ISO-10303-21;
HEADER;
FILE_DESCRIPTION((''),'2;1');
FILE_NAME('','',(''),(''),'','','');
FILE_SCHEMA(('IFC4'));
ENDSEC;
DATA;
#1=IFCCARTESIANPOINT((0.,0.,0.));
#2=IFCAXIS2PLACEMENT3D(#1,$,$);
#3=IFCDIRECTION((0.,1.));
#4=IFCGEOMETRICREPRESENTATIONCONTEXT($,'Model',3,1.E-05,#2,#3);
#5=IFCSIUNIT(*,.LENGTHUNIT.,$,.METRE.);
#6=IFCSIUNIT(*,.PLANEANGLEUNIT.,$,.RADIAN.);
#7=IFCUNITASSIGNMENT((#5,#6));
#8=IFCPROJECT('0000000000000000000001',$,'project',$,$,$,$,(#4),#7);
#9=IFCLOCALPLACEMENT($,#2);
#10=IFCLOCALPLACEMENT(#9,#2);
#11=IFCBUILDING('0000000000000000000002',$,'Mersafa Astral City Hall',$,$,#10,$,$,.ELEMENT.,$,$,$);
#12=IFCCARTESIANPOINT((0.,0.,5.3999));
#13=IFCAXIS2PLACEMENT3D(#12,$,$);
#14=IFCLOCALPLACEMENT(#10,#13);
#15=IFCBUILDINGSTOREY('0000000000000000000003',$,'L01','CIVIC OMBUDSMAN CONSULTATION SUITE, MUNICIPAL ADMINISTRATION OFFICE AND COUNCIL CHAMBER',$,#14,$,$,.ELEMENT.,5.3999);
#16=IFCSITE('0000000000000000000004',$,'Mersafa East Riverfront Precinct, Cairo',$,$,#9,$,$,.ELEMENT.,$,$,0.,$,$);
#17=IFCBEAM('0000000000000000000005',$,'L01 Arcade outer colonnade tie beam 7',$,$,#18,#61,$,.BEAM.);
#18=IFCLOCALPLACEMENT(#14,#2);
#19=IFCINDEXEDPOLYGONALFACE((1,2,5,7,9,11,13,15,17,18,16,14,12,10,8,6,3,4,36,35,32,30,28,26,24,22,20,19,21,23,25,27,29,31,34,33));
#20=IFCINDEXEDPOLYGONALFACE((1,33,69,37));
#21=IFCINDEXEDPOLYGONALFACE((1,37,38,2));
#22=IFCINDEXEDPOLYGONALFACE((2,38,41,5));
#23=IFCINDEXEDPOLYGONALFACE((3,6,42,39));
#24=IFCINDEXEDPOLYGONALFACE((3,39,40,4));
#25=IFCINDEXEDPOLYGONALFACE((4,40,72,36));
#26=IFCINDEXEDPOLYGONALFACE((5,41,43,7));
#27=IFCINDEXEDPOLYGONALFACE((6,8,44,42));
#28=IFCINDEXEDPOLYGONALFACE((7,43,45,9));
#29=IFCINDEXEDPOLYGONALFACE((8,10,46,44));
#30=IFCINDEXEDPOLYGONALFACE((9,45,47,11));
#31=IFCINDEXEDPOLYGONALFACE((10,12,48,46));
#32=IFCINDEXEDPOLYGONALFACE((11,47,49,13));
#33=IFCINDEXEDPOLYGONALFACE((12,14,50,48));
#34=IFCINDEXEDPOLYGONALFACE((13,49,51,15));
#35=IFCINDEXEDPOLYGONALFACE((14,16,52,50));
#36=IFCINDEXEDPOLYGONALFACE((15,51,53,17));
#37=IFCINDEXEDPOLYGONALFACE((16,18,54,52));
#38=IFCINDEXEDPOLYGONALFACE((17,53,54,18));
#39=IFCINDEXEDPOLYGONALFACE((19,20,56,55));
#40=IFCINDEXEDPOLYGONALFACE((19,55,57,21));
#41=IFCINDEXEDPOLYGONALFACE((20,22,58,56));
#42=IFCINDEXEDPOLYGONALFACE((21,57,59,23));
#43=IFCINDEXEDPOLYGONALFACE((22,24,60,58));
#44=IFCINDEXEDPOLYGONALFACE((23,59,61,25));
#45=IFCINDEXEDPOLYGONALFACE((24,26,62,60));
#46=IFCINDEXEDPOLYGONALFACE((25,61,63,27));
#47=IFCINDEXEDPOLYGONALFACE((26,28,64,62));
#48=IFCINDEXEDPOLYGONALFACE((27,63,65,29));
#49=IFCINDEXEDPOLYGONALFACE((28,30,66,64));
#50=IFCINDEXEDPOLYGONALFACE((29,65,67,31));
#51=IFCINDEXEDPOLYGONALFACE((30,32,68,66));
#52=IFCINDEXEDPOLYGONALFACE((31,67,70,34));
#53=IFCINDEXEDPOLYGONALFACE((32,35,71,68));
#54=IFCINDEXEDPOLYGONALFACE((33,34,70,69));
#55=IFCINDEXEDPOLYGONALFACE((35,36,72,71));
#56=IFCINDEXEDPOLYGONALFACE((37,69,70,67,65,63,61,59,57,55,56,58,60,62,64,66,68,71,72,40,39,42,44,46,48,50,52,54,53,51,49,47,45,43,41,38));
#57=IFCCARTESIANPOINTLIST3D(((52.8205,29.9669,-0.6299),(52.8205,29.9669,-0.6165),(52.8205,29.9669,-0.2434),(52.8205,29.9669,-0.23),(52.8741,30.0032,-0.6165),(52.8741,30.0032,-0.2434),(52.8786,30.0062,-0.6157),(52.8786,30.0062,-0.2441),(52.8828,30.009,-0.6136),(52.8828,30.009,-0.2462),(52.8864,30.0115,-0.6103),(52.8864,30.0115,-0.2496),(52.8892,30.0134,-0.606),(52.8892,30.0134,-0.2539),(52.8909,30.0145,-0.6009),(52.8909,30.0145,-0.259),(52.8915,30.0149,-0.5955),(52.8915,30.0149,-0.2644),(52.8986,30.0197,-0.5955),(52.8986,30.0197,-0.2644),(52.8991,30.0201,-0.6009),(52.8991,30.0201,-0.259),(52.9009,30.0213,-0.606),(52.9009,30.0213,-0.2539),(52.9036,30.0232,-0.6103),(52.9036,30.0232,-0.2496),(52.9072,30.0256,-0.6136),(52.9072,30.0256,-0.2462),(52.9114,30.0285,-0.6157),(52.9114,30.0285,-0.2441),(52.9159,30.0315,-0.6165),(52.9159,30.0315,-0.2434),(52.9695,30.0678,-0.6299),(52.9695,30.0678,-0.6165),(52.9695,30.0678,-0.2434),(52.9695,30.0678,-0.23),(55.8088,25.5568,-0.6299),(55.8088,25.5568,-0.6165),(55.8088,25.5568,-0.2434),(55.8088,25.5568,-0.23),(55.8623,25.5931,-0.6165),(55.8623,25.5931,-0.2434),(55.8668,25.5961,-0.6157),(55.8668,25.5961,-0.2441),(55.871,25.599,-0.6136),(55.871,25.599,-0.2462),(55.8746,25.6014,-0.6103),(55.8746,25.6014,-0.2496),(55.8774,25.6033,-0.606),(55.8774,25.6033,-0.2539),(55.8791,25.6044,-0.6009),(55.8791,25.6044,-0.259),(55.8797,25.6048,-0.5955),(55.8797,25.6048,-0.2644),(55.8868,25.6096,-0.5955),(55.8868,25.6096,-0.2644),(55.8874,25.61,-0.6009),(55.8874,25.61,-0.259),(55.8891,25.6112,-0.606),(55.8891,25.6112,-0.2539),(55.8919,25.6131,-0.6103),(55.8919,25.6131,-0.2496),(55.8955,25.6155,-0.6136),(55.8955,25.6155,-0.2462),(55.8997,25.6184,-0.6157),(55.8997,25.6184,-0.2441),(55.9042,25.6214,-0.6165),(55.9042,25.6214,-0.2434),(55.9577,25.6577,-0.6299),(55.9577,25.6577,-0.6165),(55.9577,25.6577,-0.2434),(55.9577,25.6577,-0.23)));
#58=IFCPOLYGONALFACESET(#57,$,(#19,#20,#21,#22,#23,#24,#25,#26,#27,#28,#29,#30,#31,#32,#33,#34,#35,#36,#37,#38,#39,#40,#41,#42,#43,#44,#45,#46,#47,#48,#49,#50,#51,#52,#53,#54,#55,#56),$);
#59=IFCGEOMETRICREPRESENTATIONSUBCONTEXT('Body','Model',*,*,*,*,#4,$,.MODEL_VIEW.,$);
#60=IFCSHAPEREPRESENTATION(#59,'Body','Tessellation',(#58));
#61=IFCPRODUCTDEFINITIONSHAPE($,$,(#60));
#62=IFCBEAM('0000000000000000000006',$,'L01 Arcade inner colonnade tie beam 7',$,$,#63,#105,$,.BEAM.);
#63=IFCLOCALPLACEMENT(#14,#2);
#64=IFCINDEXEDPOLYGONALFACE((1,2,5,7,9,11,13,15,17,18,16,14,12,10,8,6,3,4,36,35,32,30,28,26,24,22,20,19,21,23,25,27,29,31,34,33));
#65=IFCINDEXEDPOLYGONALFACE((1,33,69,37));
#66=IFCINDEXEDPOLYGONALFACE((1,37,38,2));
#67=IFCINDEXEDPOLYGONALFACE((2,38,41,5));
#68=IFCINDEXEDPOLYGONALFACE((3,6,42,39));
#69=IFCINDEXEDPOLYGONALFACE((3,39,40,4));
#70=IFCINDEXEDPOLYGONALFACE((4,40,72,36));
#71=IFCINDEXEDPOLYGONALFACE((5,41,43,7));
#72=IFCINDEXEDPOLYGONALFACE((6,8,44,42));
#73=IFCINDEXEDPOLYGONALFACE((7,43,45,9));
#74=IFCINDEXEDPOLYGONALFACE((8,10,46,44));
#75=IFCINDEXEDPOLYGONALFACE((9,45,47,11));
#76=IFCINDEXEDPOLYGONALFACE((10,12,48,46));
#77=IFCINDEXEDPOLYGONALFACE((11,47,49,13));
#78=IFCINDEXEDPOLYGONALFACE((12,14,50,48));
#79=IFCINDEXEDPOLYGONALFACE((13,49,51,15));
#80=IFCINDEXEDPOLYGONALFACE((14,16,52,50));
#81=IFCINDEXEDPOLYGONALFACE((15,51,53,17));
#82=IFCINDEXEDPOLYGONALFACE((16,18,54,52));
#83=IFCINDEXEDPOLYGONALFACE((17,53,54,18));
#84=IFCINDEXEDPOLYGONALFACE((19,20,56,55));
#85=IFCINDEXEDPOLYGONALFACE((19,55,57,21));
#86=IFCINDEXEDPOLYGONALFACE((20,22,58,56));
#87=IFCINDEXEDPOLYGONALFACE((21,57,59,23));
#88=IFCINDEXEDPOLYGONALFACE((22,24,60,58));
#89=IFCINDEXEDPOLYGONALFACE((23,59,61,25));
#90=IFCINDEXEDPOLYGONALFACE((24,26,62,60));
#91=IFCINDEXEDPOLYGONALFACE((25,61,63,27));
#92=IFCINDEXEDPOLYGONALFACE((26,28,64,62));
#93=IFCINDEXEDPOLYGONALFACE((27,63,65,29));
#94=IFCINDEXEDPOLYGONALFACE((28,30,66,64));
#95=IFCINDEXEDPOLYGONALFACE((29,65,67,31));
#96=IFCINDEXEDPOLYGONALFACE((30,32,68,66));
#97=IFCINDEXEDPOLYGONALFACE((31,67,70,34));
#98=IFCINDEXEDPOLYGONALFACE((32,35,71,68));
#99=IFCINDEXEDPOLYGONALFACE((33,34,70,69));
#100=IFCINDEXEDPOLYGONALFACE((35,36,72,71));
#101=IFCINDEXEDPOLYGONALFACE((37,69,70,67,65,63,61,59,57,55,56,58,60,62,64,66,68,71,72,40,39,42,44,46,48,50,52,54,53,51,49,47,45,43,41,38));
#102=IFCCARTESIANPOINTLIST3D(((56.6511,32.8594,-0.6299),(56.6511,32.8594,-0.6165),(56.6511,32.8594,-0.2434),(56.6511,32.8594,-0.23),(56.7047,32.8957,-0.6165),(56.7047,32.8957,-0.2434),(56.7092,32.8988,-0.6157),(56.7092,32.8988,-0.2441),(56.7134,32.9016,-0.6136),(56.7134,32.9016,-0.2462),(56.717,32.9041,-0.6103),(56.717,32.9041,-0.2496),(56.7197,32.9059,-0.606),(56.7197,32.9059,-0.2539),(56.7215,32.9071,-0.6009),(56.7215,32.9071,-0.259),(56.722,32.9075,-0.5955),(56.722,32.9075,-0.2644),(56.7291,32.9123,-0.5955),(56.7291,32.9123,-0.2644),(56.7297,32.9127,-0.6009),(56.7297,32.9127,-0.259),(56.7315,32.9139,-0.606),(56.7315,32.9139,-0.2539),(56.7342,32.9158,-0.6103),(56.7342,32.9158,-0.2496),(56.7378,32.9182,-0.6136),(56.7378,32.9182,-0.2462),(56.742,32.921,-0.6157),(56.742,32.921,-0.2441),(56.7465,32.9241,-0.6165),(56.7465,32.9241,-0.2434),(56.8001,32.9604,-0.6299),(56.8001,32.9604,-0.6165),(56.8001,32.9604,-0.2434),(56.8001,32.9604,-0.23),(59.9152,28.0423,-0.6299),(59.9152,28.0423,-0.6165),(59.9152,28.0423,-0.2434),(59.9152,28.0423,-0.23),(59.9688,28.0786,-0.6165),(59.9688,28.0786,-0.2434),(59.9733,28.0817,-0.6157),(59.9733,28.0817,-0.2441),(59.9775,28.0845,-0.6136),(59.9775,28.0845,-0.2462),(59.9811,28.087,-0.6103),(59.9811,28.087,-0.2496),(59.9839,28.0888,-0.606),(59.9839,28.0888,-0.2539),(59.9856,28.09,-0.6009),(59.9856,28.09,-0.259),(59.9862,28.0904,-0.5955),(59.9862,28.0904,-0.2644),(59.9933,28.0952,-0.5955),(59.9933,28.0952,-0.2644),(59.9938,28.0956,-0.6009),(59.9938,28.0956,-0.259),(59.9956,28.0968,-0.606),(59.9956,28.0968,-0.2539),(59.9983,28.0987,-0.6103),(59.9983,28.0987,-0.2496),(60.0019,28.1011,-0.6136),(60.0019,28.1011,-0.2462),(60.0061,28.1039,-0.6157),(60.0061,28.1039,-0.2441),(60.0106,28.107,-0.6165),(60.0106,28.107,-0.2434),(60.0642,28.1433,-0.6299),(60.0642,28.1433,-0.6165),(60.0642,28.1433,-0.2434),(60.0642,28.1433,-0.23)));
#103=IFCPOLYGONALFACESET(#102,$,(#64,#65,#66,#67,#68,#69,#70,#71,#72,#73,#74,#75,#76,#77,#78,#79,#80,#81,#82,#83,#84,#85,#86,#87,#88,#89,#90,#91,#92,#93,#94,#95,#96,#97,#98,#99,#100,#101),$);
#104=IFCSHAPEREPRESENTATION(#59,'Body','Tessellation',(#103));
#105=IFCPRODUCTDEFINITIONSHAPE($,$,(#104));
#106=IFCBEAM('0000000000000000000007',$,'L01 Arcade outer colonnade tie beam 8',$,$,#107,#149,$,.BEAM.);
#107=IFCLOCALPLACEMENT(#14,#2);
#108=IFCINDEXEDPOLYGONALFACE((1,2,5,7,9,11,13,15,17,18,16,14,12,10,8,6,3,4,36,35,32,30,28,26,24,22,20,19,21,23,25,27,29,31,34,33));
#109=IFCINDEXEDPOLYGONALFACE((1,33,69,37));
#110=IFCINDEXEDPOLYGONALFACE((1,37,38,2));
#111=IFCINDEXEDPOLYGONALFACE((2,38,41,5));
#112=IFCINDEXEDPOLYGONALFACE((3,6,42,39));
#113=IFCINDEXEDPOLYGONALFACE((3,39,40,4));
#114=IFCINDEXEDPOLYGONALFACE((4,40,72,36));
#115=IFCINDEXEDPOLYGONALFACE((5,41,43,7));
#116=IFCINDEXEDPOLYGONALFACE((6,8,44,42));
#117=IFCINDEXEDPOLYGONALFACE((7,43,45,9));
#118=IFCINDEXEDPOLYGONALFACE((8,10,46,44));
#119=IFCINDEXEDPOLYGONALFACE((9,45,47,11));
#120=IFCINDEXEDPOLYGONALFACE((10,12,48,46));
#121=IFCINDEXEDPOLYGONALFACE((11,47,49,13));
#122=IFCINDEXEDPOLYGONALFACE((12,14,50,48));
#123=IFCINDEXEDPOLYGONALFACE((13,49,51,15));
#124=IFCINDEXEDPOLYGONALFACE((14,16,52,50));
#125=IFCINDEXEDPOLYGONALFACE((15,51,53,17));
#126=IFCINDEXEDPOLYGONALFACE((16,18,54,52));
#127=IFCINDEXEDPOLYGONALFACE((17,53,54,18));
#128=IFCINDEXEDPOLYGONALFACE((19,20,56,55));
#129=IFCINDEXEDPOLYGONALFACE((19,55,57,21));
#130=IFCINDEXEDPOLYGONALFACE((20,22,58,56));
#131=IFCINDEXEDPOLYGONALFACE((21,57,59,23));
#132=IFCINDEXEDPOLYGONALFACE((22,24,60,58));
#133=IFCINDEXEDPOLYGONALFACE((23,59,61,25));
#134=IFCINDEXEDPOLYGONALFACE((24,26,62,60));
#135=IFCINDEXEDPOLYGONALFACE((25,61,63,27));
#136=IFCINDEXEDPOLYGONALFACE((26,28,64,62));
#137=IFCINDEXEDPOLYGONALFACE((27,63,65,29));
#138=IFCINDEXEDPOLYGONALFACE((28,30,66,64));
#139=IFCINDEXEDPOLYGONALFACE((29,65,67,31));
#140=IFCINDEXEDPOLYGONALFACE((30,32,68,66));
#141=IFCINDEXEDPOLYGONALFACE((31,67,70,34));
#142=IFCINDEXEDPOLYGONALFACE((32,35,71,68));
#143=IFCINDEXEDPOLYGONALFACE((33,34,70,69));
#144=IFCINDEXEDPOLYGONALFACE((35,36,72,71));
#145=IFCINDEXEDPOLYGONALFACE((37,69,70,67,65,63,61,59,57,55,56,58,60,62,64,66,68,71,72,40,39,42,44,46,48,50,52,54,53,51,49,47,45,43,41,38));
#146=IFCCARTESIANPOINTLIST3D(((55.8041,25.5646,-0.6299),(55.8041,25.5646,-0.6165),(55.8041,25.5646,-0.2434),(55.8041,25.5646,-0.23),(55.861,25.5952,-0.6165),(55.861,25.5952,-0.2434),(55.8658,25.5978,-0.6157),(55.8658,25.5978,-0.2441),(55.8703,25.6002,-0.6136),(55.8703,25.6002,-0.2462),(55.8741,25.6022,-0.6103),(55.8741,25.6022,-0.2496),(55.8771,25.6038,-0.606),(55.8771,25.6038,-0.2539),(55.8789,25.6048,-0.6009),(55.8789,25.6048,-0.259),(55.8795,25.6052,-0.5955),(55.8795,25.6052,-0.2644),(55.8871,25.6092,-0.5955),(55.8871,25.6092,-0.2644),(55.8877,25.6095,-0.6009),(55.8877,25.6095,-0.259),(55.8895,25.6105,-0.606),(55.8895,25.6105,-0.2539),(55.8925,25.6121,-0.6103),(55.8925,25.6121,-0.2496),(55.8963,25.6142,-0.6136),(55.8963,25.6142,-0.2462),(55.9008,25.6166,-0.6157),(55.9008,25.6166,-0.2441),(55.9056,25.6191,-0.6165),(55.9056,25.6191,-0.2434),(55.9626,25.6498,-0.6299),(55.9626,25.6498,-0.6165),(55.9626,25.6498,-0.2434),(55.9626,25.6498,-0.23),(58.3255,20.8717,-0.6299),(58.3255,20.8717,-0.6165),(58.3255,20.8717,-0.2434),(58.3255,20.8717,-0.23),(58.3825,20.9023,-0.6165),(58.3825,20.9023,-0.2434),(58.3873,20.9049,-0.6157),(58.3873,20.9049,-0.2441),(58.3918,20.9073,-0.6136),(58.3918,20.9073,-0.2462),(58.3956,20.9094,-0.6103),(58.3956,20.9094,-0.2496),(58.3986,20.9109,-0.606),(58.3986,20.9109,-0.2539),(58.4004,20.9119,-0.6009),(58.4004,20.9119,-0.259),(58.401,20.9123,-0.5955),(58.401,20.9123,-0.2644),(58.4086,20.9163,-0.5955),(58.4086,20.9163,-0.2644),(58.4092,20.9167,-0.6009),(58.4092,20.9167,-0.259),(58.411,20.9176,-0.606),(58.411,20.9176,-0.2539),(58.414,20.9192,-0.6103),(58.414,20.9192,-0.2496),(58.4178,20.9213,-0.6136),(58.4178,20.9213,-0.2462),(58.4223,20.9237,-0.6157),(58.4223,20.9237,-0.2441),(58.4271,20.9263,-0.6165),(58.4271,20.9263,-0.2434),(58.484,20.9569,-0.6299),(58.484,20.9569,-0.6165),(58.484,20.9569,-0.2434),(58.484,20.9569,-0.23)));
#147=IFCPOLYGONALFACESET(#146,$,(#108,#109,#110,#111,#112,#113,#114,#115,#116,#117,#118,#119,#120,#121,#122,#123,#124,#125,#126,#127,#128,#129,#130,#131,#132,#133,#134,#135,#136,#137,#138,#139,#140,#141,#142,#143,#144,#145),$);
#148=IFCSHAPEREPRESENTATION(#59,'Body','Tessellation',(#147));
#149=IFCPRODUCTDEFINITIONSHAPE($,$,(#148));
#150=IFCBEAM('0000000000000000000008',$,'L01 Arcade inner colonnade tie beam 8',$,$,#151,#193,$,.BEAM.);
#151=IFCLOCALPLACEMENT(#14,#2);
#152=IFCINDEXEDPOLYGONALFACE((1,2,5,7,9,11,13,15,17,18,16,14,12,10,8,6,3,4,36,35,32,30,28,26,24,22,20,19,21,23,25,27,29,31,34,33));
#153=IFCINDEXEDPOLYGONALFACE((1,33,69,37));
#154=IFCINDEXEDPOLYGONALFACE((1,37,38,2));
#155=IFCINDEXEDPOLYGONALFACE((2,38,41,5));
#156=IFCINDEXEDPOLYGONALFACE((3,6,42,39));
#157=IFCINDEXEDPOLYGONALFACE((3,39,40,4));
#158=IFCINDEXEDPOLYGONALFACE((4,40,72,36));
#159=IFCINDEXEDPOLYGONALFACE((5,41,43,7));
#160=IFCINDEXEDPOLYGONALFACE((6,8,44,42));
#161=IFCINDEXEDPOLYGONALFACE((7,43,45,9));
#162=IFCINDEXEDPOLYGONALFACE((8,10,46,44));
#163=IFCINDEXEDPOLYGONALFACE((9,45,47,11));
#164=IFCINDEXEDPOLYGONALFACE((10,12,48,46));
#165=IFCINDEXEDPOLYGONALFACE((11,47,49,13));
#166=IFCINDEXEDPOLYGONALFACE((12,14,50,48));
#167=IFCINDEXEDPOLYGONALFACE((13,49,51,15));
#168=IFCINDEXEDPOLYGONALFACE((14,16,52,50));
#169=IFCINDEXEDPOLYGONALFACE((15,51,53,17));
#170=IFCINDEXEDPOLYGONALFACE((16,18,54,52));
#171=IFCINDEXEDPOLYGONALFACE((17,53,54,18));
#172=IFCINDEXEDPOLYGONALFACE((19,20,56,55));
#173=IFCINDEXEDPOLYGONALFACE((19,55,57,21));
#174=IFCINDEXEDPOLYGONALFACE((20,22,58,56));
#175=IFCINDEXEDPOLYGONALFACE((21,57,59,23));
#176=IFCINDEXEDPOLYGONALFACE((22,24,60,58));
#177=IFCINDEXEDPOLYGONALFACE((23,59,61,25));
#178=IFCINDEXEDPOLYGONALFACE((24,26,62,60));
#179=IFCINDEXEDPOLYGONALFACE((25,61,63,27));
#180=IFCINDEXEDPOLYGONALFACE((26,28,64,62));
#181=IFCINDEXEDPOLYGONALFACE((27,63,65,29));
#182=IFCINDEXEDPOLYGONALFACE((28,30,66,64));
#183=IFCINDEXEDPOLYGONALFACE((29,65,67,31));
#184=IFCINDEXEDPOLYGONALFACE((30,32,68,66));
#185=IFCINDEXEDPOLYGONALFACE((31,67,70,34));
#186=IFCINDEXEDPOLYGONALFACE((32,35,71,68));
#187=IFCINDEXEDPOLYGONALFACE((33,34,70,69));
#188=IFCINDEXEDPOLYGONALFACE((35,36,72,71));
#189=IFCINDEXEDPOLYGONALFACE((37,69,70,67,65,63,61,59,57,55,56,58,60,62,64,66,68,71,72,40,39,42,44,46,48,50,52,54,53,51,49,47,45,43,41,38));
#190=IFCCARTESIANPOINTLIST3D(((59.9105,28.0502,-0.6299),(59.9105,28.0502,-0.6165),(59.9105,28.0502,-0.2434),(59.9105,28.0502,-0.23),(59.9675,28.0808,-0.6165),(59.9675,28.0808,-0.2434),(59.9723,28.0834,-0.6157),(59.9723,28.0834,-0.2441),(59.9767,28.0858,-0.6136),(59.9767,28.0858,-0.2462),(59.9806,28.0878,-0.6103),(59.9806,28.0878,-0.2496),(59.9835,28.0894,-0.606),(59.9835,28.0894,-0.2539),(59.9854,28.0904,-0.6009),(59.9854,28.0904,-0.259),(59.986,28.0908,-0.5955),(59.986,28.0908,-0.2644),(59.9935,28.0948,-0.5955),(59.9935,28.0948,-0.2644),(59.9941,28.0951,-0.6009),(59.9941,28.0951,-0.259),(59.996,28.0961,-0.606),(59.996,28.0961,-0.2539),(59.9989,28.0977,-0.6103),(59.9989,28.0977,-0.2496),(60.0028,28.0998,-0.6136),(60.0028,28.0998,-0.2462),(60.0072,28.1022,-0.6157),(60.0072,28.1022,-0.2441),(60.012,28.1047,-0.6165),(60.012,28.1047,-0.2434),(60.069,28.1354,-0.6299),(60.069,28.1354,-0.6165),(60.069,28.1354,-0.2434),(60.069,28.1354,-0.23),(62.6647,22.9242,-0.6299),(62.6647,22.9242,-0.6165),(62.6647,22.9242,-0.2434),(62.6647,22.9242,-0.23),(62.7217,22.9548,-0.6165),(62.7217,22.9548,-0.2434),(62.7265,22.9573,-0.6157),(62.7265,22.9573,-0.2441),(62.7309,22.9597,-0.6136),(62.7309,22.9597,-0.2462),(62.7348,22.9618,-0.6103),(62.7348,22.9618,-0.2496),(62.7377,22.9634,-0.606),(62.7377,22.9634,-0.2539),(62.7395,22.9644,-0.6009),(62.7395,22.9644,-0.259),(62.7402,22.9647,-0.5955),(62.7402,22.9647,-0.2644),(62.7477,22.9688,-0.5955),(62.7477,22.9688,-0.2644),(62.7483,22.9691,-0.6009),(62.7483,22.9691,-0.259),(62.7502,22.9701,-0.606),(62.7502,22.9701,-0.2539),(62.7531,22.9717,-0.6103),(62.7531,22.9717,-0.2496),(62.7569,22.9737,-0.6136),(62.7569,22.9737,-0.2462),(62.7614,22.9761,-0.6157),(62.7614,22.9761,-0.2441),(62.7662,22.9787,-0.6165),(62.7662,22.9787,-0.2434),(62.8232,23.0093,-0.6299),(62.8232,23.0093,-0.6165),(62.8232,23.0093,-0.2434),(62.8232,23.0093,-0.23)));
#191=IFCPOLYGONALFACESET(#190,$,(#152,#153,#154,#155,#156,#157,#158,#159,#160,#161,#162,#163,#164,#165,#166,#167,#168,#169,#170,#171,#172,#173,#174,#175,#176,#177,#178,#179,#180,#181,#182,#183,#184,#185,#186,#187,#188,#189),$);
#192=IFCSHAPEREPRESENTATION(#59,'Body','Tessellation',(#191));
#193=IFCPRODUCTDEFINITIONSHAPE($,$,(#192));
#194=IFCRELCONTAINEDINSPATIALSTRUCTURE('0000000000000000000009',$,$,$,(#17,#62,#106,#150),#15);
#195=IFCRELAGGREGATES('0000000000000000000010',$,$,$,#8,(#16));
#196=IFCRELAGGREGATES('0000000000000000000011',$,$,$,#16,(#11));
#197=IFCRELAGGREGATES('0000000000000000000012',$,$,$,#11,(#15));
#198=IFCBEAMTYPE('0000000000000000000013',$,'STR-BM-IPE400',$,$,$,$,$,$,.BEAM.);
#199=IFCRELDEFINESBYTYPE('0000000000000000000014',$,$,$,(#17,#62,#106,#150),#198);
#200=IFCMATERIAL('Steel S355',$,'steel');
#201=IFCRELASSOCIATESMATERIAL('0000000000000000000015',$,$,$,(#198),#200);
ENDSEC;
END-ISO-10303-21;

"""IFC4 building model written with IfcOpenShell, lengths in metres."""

from ifc_helpers import new_model, si_unit, direction, frame, origin, origin_2d, place, context, subcontext, project, spatial, i_section, extrude, material, material_profile, profile_set, type_object, element, save


model = new_model("IFC4")

# Units and contexts
model_context = context("Model", 3, precision=1e-05, world=origin(), true_north=direction((0.0, 1.0)))
body_context = subcontext(model_context, "Body", "Model", "MODEL_VIEW")
ifc_project = project(units=[si_unit("LENGTHUNIT", "METRE"), si_unit("PLANEANGLEUNIT", "RADIAN")], contexts=[model_context])

# Site, building, storey
site_placement = place(None, origin())
site = spatial("IfcSite", under=ifc_project, at=site_placement, Name="Mersafa East Riverfront Precinct, Cairo", CompositionType="ELEMENT", RefElevation=0.0)
building_placement = place(site_placement, origin())
building = spatial("IfcBuilding", under=site, at=building_placement, Name="Mersafa Astral City Hall", CompositionType="ELEMENT")
storey_placement = place(building_placement, frame((0.0, 0.0, 5.3999)))
storey = spatial("IfcBuildingStorey", under=building, at=storey_placement, Name="L01", Description="CIVIC OMBUDSMAN CONSULTATION SUITE, MUNICIPAL ADMINISTRATION OFFICE AND COUNCIL CHAMBER", CompositionType="ELEMENT", Elevation=5.3999)

# Shared definitions
ifc_material_1 = material(Name="Steel S355", Category="steel")

# Beams
ifc_material_profile_1 = material_profile(ifc_material_1, i_section(OverallWidth=0.1799, OverallDepth=0.3999, WebThickness=0.0085, FlangeThickness=0.0134, FilletRadius=0.021, at=origin_2d()), Name="IPE 400")
ifc_profile_set_1 = profile_set([ifc_material_profile_1], Name="Steel S355")
beam_type_1 = type_object("IfcBeamType", Name="STR-BM-IPE400", PredefinedType="BEAM", material=ifc_profile_set_1)
beam_1_placement = place(storey_placement, frame((52.895, 30.0173, -0.4299), z_axis=(0.560945, -0.827853, 0.0), x_axis=(0.827853, 0.560945, 0.0)))
element("IfcBeam", 1, at=beam_1_placement, inside=storey, type_object=beam_type_1, Name="L01 Arcade outer colonnade tie beam 7", PredefinedType="BEAM", context=body_context, shape_type="SweptSolid", body=[
    extrude(i_section(OverallWidth=0.1799, OverallDepth=0.3999, WebThickness=0.0085, FlangeThickness=0.0134, FilletRadius=0.021, at=origin_2d()), origin(), (0.0, 0.0, 1.0), 5.3271),
])
beam_2_placement = place(storey_placement, frame((56.7256, 32.9099, -0.4299), z_axis=(0.560959, -0.827844, 0.0), x_axis=(0.827844, 0.560959, 0.0)))
element("IfcBeam", 2, at=beam_2_placement, inside=storey, type_object=beam_type_1, Name="L01 Arcade inner colonnade tie beam 7", PredefinedType="BEAM", context=body_context, shape_type="SweptSolid", body=[
    extrude(i_section(OverallWidth=0.1799, OverallDepth=0.3999, WebThickness=0.0085, FlangeThickness=0.0134, FilletRadius=0.021, at=origin_2d()), origin(), (0.0, 0.0, 1.0), 5.8188),
])
beam_3_placement = place(storey_placement, frame((55.8833, 25.6072, -0.4299), z_axis=(0.473307, -0.880897, 0.0), x_axis=(0.880897, 0.473307, 0.0)))
element("IfcBeam", 3, at=beam_3_placement, inside=storey, type_object=beam_type_1, Name="L01 Arcade outer colonnade tie beam 8", PredefinedType="BEAM", context=body_context, shape_type="SweptSolid", body=[
    extrude(i_section(OverallWidth=0.1799, OverallDepth=0.3999, WebThickness=0.0085, FlangeThickness=0.0134, FilletRadius=0.021, at=origin_2d()), origin(), (0.0, 0.0, 1.0), 5.3274),
])
beam_4_placement = place(storey_placement, frame((59.9897, 28.0928, -0.4299), z_axis=(0.473302, -0.8809, 0.0), x_axis=(0.8809, 0.473302, 0.0)))
element("IfcBeam", 4, at=beam_4_placement, inside=storey, type_object=beam_type_1, Name="L01 Arcade inner colonnade tie beam 8", PredefinedType="BEAM", context=body_context, shape_type="SweptSolid", body=[
    extrude(i_section(OverallWidth=0.1799, OverallDepth=0.3999, WebThickness=0.0085, FlangeThickness=0.0134, FilletRadius=0.021, at=origin_2d()), origin(), (0.0, 0.0, 1.0), 5.8191),
])

save(model, "model.ifc")
